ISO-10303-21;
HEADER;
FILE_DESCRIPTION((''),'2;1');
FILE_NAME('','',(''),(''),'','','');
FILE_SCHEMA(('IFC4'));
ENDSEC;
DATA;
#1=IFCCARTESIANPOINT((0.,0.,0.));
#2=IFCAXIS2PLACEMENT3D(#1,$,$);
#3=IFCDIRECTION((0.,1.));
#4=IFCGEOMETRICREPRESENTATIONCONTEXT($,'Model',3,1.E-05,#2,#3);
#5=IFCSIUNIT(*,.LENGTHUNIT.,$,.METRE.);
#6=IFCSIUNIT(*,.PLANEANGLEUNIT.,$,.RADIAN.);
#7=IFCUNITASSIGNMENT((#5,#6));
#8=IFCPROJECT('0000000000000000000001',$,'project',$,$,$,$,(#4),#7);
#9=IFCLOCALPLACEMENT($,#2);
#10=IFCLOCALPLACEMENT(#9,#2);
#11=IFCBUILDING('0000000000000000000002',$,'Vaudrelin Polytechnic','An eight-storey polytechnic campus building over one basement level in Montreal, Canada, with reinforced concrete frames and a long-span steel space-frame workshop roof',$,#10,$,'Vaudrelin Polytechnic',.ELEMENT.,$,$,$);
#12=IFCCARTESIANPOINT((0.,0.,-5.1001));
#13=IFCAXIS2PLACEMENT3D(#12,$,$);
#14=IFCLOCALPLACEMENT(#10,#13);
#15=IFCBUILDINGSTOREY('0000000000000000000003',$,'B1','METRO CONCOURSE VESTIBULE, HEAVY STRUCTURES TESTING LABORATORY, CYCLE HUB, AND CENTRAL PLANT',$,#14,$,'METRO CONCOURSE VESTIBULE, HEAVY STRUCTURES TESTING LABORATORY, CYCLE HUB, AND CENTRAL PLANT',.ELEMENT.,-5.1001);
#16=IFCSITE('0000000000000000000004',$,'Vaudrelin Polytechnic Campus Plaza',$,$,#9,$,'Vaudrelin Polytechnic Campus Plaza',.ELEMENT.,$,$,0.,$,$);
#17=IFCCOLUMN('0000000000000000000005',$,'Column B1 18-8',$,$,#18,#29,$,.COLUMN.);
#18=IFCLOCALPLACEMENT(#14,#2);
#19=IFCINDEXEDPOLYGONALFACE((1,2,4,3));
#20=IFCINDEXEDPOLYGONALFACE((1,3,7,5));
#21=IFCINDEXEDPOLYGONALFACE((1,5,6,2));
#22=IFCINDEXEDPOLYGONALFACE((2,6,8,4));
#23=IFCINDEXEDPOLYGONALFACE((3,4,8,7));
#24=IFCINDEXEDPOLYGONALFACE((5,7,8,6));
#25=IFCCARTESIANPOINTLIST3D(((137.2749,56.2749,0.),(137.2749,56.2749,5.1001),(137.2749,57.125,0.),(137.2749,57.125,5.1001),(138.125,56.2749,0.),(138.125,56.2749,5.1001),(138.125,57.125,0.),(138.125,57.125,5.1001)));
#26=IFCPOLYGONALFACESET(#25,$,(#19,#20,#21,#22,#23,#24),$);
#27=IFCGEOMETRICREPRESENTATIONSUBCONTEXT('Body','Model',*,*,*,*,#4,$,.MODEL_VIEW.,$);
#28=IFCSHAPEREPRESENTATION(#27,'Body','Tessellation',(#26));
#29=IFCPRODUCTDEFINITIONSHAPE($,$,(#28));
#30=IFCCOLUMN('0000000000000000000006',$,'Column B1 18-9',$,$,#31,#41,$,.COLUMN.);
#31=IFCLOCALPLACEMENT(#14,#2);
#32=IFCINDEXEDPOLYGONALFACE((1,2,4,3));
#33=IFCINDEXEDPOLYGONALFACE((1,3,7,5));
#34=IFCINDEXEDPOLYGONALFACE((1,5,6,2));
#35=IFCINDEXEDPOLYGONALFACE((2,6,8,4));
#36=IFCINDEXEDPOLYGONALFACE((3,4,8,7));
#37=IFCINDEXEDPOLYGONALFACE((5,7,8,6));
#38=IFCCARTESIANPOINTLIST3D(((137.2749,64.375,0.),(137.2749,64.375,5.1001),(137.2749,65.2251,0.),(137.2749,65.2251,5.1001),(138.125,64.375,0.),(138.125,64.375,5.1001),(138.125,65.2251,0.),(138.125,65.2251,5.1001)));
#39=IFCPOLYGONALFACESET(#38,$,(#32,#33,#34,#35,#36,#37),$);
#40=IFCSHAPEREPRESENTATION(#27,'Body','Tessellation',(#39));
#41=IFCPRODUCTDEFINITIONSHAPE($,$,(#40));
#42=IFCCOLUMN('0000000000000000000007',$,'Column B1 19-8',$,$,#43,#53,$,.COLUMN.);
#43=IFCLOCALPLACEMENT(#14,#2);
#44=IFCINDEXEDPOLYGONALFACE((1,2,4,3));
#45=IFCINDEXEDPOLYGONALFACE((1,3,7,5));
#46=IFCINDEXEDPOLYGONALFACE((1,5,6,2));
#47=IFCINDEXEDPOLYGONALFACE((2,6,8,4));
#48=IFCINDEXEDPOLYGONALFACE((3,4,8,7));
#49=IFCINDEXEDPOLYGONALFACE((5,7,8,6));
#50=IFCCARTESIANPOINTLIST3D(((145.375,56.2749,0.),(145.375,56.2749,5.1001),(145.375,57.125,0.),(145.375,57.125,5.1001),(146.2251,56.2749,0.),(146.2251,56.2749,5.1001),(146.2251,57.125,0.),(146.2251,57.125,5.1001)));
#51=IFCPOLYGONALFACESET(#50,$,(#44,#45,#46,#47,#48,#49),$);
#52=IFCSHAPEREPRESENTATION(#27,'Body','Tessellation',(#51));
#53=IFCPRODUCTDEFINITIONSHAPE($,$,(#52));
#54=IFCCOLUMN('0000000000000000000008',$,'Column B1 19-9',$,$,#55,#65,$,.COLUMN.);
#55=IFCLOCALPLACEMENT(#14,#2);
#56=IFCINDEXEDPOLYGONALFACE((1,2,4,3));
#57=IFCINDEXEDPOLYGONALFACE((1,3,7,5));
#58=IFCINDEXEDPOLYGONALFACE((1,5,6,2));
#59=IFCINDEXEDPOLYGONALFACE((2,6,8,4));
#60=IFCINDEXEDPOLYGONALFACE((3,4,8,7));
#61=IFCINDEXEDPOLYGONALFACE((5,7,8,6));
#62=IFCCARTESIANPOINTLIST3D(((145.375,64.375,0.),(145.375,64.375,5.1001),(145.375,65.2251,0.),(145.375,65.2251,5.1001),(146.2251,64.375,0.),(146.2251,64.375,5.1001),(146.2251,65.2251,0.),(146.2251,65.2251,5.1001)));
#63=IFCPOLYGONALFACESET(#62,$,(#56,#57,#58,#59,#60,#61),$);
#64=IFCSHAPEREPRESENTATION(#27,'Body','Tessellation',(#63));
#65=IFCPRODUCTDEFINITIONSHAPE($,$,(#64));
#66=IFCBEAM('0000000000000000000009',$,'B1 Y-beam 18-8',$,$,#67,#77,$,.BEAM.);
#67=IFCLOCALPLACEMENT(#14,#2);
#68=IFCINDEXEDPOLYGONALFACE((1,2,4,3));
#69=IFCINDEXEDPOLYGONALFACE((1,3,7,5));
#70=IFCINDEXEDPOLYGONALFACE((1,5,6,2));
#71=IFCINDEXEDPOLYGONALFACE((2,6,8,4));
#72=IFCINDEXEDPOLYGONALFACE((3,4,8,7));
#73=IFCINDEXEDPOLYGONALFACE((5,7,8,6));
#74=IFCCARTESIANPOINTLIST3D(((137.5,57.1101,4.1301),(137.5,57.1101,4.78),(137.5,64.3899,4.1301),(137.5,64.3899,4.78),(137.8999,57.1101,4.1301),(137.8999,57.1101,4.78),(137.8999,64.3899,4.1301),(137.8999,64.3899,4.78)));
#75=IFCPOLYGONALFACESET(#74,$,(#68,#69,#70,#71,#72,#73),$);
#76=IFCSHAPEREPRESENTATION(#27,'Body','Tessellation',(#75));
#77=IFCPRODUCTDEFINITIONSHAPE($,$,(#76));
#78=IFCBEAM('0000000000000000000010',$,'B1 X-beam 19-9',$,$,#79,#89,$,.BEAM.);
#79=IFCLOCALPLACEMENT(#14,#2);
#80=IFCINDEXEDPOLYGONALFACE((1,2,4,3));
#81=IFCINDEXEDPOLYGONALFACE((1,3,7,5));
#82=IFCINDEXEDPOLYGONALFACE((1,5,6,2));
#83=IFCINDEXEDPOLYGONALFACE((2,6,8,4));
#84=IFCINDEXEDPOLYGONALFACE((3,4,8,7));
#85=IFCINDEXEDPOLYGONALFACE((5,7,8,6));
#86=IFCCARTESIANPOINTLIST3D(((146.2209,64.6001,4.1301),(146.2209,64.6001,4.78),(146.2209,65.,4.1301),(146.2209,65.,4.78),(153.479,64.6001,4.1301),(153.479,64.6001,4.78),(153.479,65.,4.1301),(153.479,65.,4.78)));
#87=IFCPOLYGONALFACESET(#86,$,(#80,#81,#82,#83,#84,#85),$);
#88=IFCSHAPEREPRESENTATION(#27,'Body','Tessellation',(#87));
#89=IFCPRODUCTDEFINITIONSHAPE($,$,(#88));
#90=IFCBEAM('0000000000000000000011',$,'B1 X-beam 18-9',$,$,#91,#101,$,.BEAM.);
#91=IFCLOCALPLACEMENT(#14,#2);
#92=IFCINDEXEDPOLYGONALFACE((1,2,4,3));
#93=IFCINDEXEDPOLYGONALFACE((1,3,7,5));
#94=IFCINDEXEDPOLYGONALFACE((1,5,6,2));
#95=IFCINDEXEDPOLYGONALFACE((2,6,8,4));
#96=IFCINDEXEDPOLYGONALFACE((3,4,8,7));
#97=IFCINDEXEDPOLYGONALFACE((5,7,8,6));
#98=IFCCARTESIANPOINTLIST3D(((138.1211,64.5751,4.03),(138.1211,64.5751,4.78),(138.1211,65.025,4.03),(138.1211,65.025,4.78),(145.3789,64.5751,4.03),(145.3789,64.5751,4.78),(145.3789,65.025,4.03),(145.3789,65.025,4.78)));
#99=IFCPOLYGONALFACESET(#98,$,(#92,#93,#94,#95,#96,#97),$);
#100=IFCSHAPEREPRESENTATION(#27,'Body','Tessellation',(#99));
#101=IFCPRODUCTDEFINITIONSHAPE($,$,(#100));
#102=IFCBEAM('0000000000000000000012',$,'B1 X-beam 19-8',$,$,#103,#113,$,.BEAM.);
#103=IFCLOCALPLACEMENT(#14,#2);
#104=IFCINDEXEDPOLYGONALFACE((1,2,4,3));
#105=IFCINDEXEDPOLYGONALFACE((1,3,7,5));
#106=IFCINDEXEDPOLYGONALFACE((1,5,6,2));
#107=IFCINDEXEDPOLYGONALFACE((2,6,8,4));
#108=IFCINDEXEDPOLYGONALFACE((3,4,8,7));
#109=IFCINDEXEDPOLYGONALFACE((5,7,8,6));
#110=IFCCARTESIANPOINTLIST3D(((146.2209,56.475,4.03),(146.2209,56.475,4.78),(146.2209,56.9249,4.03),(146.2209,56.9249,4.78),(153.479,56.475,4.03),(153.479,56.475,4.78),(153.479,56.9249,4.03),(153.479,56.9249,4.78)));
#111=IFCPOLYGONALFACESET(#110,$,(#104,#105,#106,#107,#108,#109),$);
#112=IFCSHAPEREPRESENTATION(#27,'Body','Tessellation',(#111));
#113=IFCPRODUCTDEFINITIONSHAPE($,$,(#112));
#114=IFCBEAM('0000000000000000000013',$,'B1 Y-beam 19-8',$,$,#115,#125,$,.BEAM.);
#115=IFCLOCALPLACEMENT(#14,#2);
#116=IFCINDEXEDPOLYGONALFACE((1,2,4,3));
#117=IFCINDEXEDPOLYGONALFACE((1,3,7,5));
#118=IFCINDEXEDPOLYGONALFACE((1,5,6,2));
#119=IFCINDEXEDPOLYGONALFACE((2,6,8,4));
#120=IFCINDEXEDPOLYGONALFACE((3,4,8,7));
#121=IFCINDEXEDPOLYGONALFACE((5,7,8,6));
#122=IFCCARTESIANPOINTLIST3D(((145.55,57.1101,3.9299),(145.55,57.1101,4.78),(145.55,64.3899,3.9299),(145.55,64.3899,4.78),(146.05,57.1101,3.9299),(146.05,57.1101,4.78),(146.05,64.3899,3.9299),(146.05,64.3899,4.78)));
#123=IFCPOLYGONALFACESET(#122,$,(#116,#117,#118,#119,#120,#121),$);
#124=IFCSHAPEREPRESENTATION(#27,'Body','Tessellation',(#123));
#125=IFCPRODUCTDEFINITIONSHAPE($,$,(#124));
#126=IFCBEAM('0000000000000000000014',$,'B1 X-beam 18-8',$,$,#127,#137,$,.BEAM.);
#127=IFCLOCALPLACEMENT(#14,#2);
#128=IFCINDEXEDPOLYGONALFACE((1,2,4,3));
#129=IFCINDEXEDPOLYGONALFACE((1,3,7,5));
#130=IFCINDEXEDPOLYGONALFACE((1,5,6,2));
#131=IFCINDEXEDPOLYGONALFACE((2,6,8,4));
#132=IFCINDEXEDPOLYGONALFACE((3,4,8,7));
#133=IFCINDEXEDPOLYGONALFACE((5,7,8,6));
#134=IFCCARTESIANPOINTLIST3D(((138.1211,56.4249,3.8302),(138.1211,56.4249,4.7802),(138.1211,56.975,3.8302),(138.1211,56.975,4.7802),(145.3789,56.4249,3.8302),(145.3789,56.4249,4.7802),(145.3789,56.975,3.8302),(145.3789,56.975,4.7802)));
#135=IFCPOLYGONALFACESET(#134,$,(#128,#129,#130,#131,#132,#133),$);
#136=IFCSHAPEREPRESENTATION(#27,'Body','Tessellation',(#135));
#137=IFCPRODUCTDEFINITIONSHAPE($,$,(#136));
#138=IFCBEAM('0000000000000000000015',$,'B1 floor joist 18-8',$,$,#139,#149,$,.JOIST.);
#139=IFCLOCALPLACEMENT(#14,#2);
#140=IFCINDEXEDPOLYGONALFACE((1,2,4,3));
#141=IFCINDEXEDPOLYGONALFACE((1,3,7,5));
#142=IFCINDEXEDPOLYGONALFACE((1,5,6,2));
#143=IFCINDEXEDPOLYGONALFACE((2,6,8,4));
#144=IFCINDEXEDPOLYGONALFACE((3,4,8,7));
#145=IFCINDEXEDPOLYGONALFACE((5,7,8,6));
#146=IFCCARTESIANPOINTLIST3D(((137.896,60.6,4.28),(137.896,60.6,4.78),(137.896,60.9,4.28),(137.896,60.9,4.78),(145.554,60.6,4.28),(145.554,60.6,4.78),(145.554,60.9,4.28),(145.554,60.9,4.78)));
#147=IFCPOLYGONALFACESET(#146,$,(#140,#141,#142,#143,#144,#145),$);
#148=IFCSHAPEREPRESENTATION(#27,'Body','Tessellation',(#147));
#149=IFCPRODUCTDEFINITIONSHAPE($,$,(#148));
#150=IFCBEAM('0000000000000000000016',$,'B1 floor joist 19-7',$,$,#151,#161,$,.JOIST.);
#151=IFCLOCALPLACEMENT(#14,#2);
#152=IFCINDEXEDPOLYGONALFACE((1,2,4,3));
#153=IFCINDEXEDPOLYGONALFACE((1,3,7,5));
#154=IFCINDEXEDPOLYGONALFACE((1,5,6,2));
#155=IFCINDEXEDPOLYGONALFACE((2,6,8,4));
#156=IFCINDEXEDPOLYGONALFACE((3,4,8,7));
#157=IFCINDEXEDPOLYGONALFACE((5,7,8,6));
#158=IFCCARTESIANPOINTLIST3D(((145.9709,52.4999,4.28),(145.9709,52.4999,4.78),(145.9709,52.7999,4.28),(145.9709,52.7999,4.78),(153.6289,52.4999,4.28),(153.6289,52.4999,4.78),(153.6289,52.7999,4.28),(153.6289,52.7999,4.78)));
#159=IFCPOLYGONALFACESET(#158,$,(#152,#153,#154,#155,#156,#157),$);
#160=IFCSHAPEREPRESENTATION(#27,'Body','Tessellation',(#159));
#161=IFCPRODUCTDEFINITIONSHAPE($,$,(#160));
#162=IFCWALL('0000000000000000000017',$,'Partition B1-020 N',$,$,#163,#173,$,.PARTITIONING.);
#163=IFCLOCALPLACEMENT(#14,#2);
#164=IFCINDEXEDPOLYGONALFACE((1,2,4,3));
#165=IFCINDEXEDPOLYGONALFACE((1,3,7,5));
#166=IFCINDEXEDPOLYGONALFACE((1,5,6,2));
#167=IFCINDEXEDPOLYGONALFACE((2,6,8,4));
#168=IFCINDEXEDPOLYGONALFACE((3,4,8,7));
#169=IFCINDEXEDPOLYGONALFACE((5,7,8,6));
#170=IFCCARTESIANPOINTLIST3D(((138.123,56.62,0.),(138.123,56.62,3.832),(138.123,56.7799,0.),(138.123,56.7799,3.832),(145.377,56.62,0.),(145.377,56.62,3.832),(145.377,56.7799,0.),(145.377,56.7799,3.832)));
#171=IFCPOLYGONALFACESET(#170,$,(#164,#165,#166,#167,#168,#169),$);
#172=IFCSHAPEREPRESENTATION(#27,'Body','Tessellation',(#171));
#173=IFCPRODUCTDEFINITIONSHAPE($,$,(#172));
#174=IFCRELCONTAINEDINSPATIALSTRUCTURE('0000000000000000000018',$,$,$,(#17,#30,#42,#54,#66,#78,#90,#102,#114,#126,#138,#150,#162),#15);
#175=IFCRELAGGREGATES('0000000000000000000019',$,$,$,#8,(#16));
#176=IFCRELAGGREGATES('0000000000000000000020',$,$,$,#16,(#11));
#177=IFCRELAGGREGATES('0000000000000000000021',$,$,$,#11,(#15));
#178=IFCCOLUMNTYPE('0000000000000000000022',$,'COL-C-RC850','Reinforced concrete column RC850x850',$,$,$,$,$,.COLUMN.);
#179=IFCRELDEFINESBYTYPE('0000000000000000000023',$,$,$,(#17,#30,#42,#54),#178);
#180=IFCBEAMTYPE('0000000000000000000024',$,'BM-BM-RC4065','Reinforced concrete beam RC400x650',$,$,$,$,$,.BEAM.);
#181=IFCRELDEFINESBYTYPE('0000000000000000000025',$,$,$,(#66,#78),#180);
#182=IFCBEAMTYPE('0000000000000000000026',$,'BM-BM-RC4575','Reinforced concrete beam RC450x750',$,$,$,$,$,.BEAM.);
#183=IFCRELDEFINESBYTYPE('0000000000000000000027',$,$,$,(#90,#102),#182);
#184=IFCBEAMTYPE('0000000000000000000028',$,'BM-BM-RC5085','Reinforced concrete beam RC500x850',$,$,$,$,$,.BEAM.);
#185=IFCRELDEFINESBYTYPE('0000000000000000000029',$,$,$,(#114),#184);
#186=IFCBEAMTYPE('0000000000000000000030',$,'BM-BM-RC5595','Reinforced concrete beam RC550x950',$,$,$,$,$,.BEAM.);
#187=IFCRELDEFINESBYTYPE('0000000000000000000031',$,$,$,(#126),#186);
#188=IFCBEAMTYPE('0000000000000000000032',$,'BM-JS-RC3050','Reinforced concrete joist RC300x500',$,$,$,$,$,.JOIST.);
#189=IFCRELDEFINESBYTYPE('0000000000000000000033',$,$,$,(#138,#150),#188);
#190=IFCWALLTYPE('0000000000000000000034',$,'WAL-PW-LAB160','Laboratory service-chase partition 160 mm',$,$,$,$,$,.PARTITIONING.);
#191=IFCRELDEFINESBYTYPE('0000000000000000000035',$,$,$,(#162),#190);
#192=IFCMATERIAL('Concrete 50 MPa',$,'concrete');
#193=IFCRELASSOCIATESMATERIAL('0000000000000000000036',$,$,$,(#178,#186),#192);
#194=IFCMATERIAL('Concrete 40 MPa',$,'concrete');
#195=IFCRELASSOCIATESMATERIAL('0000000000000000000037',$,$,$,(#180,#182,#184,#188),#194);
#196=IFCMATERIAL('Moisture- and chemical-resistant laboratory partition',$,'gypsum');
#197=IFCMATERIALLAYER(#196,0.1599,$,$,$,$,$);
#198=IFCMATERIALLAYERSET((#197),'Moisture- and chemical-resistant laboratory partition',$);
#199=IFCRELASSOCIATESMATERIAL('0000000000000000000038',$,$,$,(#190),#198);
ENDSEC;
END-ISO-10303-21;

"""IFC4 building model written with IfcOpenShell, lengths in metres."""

from ifc_helpers import new_model, si_unit, direction, frame, frame_2d, origin, origin_2d, place, context, subcontext, project, spatial, rectangle, extrude, material, layer, layer_set, material_profile, profile_set, type_object, element, save


model = new_model("IFC4")

# Units and contexts
model_context = context("Model", 3, precision=1e-05, world=origin(), true_north=direction((0.0, 1.0)))
body_context = subcontext(model_context, "Body", "Model", "MODEL_VIEW")
ifc_project = project(units=[si_unit("LENGTHUNIT", "METRE"), si_unit("PLANEANGLEUNIT", "RADIAN")], contexts=[model_context])

# Site, building, storey
site_placement = place(None, origin())
site = spatial("IfcSite", under=ifc_project, at=site_placement, Name="Vaudrelin Polytechnic Campus Plaza", LongName="Vaudrelin Polytechnic Campus Plaza", CompositionType="ELEMENT", RefElevation=0.0)
building_placement = place(site_placement, origin())
building = spatial("IfcBuilding", under=site, at=building_placement, Name="Vaudrelin Polytechnic", Description="An eight-storey polytechnic campus building over one basement level in Montreal, Canada, with reinforced concrete frames and a long-span steel space-frame workshop roof", LongName="Vaudrelin Polytechnic", CompositionType="ELEMENT")
storey_placement = place(building_placement, frame((0.0, 0.0, -5.1001)))
storey = spatial("IfcBuildingStorey", under=building, at=storey_placement, Name="B1", Description="METRO CONCOURSE VESTIBULE, HEAVY STRUCTURES TESTING LABORATORY, CYCLE HUB, AND CENTRAL PLANT", LongName="METRO CONCOURSE VESTIBULE, HEAVY STRUCTURES TESTING LABORATORY, CYCLE HUB, AND CENTRAL PLANT", CompositionType="ELEMENT", Elevation=-5.1001)

# Shared definitions
ifc_material_1 = material(Name="Concrete 40 MPa", Category="concrete")

# Columns
ifc_material_2 = material(Name="Concrete 50 MPa", Category="concrete")
ifc_material_profile_1 = material_profile(ifc_material_2, rectangle(XDim=0.8501, YDim=0.8501, at=origin_2d()), Name="RC850x850")
ifc_profile_set_1 = profile_set([ifc_material_profile_1], Name="Concrete 50 MPa")
column_type = type_object("IfcColumnType", Name="COL-C-RC850", Description="Reinforced concrete column RC850x850", PredefinedType="COLUMN", material=ifc_profile_set_1)
for number, where, z_axis, x_axis, name in (
    (1, (137.7, 56.7, 0.0), (0.0, 0.0, 1.0), (1.0, 0.0, 0.0), "Column B1 18-8"),
    (2, (137.7, 64.8, 0.0), (0.0, 0.0, 1.0), (1.0, 0.0, 0.0), "Column B1 18-9"),
    (3, (145.8, 56.7, 0.0), (0.0, 0.0, 1.0), (1.0, 0.0, 0.0), "Column B1 19-8"),
    (4, (145.8, 64.8, 0.0), (0.0, 0.0, 1.0), (1.0, 0.0, 0.0), "Column B1 19-9"),
):
    element("IfcColumn", number, at=place(storey_placement, frame(where, z_axis=z_axis, x_axis=x_axis)), inside=storey, type_object=column_type, Name=name, PredefinedType="COLUMN", context=body_context, shape_type="SweptSolid", body=[
        extrude(rectangle(XDim=0.8501, YDim=0.8501, at=origin_2d()), origin(), (0.0, 0.0, 1.0), 5.1001),
    ])

# Beams
ifc_material_profile_2 = material_profile(ifc_material_1, rectangle(XDim=0.3999, YDim=0.6499, at=origin_2d()), Name="RC400x650")
ifc_profile_set_2 = profile_set([ifc_material_profile_2], Name="Concrete 40 MPa")
beam_type_1 = type_object("IfcBeamType", Name="BM-BM-RC4065", Description="Reinforced concrete beam RC400x650", PredefinedType="BEAM", material=ifc_profile_set_2)
beam_1_placement = place(storey_placement, frame((137.7, 57.1101, 4.4551), z_axis=(0.0, 1.0, 0.0), x_axis=(-1.0, 0.0, 0.0)))
element("IfcBeam", 5, at=beam_1_placement, inside=storey, type_object=beam_type_1, Name="B1 Y-beam 18-8", PredefinedType="BEAM", context=body_context, shape_type="SweptSolid", body=[
    extrude(rectangle(XDim=0.3999, YDim=0.6499, at=origin_2d()), origin(), (0.0, 0.0, 1.0), 7.2798),
])
beam_2_placement = place(storey_placement, frame((146.2209, 64.8, 4.4551), z_axis=(1.0, 0.0, 0.0), x_axis=(0.0, 1.0, 0.0)))
element("IfcBeam", 6, at=beam_2_placement, inside=storey, type_object=beam_type_1, Name="B1 X-beam 19-9", PredefinedType="BEAM", context=body_context, shape_type="SweptSolid", body=[
    extrude(rectangle(XDim=0.3999, YDim=0.6499, at=origin_2d()), origin(), (0.0, 0.0, 1.0), 7.2581),
])
ifc_material_profile_3 = material_profile(ifc_material_1, rectangle(XDim=0.45, YDim=0.75, at=origin_2d()), Name="RC450x750")
ifc_profile_set_3 = profile_set([ifc_material_profile_3], Name="Concrete 40 MPa")
beam_type_2 = type_object("IfcBeamType", Name="BM-BM-RC4575", Description="Reinforced concrete beam RC450x750", PredefinedType="BEAM", material=ifc_profile_set_3)
beam_3_placement = place(storey_placement, frame((138.1211, 64.8, 4.405), z_axis=(1.0, 0.0, 0.0), x_axis=(0.0, 1.0, 0.0)))
element("IfcBeam", 7, at=beam_3_placement, inside=storey, type_object=beam_type_2, Name="B1 X-beam 18-9", PredefinedType="BEAM", context=body_context, shape_type="SweptSolid", body=[
    extrude(rectangle(XDim=0.45, YDim=0.75, at=origin_2d()), origin(), (0.0, 0.0, 1.0), 7.2578),
])
beam_4_placement = place(storey_placement, frame((146.2209, 56.7, 4.405), z_axis=(1.0, 0.0, 0.0), x_axis=(0.0, 1.0, 0.0)))
element("IfcBeam", 8, at=beam_4_placement, inside=storey, type_object=beam_type_2, Name="B1 X-beam 19-8", PredefinedType="BEAM", context=body_context, shape_type="SweptSolid", body=[
    extrude(rectangle(XDim=0.45, YDim=0.75, at=origin_2d()), origin(), (0.0, 0.0, 1.0), 7.2581),
])
ifc_material_profile_4 = material_profile(ifc_material_1, rectangle(XDim=0.5, YDim=0.8501, at=origin_2d()), Name="RC500x850")
ifc_profile_set_4 = profile_set([ifc_material_profile_4], Name="Concrete 40 MPa")
beam_type_3 = type_object("IfcBeamType", Name="BM-BM-RC5085", Description="Reinforced concrete beam RC500x850", PredefinedType="BEAM", material=ifc_profile_set_4)
beam_5_placement = place(storey_placement, frame((145.8, 57.1101, 4.355), z_axis=(0.0, 1.0, 0.0), x_axis=(-1.0, 0.0, 0.0)))
element("IfcBeam", 9, at=beam_5_placement, inside=storey, type_object=beam_type_3, Name="B1 Y-beam 19-8", PredefinedType="BEAM", context=body_context, shape_type="SweptSolid", body=[
    extrude(rectangle(XDim=0.5, YDim=0.8501, at=origin_2d()), origin(), (0.0, 0.0, 1.0), 7.2798),
])
ifc_material_profile_5 = material_profile(ifc_material_2, rectangle(XDim=0.55, YDim=0.95, at=origin_2d()), Name="RC550x950")
ifc_profile_set_5 = profile_set([ifc_material_profile_5], Name="Concrete 50 MPa")
beam_type_4 = type_object("IfcBeamType", Name="BM-BM-RC5595", Description="Reinforced concrete beam RC550x950", PredefinedType="BEAM", material=ifc_profile_set_5)
beam_6_placement = place(storey_placement, frame((138.1211, 56.7, 4.3052), z_axis=(1.0, 0.0, 0.0), x_axis=(0.0, 1.0, 0.0)))
element("IfcBeam", 10, at=beam_6_placement, inside=storey, type_object=beam_type_4, Name="B1 X-beam 18-8", PredefinedType="BEAM", context=body_context, shape_type="SweptSolid", body=[
    extrude(rectangle(XDim=0.55, YDim=0.95, at=origin_2d()), origin(), (0.0, 0.0, 1.0), 7.2578),
])
ifc_material_profile_6 = material_profile(ifc_material_1, rectangle(XDim=0.3, YDim=0.5, at=origin_2d()), Name="RC300x500")
ifc_profile_set_6 = profile_set([ifc_material_profile_6], Name="Concrete 40 MPa")
beam_type_5 = type_object("IfcBeamType", Name="BM-JS-RC3050", Description="Reinforced concrete joist RC300x500", PredefinedType="JOIST", material=ifc_profile_set_6)
for number, where, z_axis, x_axis, name in (
    (11, (137.896, 60.75, 4.53), (1.0, 0.0, 0.0), (0.0, 1.0, 0.0), "B1 floor joist 18-8"),
    (12, (145.9709, 52.6499, 4.53), (1.0, 0.0, 0.0), (0.0, 1.0, 0.0), "B1 floor joist 19-7"),
):
    element("IfcBeam", number, at=place(storey_placement, frame(where, z_axis=z_axis, x_axis=x_axis)), inside=storey, type_object=beam_type_5, Name=name, PredefinedType="JOIST", context=body_context, shape_type="SweptSolid", body=[
        extrude(rectangle(XDim=0.3, YDim=0.5, at=origin_2d()), origin(), (0.0, 0.0, 1.0), 7.658),
    ])

# Wall
ifc_material_3 = material(Name="Moisture- and chemical-resistant laboratory partition", Category="gypsum")
ifc_layer_1 = layer(ifc_material_3, 0.1599)
ifc_layer_set_1 = layer_set([ifc_layer_1], Name="Moisture- and chemical-resistant laboratory partition")
wall_type_1 = type_object("IfcWallType", Name="WAL-PW-LAB160", Description="Laboratory service-chase partition 160 mm", PredefinedType="PARTITIONING", material=ifc_layer_set_1)
wall_1_placement = place(storey_placement, frame((138.123, 56.7, 0.0), z_axis=(0.0, 0.0, 1.0), x_axis=(1.0, 0.0, 0.0)))
element("IfcWall", 13, at=wall_1_placement, inside=storey, type_object=wall_type_1, Name="Partition B1-020 N", PredefinedType="PARTITIONING", context=body_context, shape_type="SweptSolid", body=[
    extrude(rectangle(XDim=7.2539, YDim=0.1599, at=frame_2d((3.627, 0.0))), origin(), (0.0, 0.0, 1.0), 3.832),
])

save(model, "model.ifc")
